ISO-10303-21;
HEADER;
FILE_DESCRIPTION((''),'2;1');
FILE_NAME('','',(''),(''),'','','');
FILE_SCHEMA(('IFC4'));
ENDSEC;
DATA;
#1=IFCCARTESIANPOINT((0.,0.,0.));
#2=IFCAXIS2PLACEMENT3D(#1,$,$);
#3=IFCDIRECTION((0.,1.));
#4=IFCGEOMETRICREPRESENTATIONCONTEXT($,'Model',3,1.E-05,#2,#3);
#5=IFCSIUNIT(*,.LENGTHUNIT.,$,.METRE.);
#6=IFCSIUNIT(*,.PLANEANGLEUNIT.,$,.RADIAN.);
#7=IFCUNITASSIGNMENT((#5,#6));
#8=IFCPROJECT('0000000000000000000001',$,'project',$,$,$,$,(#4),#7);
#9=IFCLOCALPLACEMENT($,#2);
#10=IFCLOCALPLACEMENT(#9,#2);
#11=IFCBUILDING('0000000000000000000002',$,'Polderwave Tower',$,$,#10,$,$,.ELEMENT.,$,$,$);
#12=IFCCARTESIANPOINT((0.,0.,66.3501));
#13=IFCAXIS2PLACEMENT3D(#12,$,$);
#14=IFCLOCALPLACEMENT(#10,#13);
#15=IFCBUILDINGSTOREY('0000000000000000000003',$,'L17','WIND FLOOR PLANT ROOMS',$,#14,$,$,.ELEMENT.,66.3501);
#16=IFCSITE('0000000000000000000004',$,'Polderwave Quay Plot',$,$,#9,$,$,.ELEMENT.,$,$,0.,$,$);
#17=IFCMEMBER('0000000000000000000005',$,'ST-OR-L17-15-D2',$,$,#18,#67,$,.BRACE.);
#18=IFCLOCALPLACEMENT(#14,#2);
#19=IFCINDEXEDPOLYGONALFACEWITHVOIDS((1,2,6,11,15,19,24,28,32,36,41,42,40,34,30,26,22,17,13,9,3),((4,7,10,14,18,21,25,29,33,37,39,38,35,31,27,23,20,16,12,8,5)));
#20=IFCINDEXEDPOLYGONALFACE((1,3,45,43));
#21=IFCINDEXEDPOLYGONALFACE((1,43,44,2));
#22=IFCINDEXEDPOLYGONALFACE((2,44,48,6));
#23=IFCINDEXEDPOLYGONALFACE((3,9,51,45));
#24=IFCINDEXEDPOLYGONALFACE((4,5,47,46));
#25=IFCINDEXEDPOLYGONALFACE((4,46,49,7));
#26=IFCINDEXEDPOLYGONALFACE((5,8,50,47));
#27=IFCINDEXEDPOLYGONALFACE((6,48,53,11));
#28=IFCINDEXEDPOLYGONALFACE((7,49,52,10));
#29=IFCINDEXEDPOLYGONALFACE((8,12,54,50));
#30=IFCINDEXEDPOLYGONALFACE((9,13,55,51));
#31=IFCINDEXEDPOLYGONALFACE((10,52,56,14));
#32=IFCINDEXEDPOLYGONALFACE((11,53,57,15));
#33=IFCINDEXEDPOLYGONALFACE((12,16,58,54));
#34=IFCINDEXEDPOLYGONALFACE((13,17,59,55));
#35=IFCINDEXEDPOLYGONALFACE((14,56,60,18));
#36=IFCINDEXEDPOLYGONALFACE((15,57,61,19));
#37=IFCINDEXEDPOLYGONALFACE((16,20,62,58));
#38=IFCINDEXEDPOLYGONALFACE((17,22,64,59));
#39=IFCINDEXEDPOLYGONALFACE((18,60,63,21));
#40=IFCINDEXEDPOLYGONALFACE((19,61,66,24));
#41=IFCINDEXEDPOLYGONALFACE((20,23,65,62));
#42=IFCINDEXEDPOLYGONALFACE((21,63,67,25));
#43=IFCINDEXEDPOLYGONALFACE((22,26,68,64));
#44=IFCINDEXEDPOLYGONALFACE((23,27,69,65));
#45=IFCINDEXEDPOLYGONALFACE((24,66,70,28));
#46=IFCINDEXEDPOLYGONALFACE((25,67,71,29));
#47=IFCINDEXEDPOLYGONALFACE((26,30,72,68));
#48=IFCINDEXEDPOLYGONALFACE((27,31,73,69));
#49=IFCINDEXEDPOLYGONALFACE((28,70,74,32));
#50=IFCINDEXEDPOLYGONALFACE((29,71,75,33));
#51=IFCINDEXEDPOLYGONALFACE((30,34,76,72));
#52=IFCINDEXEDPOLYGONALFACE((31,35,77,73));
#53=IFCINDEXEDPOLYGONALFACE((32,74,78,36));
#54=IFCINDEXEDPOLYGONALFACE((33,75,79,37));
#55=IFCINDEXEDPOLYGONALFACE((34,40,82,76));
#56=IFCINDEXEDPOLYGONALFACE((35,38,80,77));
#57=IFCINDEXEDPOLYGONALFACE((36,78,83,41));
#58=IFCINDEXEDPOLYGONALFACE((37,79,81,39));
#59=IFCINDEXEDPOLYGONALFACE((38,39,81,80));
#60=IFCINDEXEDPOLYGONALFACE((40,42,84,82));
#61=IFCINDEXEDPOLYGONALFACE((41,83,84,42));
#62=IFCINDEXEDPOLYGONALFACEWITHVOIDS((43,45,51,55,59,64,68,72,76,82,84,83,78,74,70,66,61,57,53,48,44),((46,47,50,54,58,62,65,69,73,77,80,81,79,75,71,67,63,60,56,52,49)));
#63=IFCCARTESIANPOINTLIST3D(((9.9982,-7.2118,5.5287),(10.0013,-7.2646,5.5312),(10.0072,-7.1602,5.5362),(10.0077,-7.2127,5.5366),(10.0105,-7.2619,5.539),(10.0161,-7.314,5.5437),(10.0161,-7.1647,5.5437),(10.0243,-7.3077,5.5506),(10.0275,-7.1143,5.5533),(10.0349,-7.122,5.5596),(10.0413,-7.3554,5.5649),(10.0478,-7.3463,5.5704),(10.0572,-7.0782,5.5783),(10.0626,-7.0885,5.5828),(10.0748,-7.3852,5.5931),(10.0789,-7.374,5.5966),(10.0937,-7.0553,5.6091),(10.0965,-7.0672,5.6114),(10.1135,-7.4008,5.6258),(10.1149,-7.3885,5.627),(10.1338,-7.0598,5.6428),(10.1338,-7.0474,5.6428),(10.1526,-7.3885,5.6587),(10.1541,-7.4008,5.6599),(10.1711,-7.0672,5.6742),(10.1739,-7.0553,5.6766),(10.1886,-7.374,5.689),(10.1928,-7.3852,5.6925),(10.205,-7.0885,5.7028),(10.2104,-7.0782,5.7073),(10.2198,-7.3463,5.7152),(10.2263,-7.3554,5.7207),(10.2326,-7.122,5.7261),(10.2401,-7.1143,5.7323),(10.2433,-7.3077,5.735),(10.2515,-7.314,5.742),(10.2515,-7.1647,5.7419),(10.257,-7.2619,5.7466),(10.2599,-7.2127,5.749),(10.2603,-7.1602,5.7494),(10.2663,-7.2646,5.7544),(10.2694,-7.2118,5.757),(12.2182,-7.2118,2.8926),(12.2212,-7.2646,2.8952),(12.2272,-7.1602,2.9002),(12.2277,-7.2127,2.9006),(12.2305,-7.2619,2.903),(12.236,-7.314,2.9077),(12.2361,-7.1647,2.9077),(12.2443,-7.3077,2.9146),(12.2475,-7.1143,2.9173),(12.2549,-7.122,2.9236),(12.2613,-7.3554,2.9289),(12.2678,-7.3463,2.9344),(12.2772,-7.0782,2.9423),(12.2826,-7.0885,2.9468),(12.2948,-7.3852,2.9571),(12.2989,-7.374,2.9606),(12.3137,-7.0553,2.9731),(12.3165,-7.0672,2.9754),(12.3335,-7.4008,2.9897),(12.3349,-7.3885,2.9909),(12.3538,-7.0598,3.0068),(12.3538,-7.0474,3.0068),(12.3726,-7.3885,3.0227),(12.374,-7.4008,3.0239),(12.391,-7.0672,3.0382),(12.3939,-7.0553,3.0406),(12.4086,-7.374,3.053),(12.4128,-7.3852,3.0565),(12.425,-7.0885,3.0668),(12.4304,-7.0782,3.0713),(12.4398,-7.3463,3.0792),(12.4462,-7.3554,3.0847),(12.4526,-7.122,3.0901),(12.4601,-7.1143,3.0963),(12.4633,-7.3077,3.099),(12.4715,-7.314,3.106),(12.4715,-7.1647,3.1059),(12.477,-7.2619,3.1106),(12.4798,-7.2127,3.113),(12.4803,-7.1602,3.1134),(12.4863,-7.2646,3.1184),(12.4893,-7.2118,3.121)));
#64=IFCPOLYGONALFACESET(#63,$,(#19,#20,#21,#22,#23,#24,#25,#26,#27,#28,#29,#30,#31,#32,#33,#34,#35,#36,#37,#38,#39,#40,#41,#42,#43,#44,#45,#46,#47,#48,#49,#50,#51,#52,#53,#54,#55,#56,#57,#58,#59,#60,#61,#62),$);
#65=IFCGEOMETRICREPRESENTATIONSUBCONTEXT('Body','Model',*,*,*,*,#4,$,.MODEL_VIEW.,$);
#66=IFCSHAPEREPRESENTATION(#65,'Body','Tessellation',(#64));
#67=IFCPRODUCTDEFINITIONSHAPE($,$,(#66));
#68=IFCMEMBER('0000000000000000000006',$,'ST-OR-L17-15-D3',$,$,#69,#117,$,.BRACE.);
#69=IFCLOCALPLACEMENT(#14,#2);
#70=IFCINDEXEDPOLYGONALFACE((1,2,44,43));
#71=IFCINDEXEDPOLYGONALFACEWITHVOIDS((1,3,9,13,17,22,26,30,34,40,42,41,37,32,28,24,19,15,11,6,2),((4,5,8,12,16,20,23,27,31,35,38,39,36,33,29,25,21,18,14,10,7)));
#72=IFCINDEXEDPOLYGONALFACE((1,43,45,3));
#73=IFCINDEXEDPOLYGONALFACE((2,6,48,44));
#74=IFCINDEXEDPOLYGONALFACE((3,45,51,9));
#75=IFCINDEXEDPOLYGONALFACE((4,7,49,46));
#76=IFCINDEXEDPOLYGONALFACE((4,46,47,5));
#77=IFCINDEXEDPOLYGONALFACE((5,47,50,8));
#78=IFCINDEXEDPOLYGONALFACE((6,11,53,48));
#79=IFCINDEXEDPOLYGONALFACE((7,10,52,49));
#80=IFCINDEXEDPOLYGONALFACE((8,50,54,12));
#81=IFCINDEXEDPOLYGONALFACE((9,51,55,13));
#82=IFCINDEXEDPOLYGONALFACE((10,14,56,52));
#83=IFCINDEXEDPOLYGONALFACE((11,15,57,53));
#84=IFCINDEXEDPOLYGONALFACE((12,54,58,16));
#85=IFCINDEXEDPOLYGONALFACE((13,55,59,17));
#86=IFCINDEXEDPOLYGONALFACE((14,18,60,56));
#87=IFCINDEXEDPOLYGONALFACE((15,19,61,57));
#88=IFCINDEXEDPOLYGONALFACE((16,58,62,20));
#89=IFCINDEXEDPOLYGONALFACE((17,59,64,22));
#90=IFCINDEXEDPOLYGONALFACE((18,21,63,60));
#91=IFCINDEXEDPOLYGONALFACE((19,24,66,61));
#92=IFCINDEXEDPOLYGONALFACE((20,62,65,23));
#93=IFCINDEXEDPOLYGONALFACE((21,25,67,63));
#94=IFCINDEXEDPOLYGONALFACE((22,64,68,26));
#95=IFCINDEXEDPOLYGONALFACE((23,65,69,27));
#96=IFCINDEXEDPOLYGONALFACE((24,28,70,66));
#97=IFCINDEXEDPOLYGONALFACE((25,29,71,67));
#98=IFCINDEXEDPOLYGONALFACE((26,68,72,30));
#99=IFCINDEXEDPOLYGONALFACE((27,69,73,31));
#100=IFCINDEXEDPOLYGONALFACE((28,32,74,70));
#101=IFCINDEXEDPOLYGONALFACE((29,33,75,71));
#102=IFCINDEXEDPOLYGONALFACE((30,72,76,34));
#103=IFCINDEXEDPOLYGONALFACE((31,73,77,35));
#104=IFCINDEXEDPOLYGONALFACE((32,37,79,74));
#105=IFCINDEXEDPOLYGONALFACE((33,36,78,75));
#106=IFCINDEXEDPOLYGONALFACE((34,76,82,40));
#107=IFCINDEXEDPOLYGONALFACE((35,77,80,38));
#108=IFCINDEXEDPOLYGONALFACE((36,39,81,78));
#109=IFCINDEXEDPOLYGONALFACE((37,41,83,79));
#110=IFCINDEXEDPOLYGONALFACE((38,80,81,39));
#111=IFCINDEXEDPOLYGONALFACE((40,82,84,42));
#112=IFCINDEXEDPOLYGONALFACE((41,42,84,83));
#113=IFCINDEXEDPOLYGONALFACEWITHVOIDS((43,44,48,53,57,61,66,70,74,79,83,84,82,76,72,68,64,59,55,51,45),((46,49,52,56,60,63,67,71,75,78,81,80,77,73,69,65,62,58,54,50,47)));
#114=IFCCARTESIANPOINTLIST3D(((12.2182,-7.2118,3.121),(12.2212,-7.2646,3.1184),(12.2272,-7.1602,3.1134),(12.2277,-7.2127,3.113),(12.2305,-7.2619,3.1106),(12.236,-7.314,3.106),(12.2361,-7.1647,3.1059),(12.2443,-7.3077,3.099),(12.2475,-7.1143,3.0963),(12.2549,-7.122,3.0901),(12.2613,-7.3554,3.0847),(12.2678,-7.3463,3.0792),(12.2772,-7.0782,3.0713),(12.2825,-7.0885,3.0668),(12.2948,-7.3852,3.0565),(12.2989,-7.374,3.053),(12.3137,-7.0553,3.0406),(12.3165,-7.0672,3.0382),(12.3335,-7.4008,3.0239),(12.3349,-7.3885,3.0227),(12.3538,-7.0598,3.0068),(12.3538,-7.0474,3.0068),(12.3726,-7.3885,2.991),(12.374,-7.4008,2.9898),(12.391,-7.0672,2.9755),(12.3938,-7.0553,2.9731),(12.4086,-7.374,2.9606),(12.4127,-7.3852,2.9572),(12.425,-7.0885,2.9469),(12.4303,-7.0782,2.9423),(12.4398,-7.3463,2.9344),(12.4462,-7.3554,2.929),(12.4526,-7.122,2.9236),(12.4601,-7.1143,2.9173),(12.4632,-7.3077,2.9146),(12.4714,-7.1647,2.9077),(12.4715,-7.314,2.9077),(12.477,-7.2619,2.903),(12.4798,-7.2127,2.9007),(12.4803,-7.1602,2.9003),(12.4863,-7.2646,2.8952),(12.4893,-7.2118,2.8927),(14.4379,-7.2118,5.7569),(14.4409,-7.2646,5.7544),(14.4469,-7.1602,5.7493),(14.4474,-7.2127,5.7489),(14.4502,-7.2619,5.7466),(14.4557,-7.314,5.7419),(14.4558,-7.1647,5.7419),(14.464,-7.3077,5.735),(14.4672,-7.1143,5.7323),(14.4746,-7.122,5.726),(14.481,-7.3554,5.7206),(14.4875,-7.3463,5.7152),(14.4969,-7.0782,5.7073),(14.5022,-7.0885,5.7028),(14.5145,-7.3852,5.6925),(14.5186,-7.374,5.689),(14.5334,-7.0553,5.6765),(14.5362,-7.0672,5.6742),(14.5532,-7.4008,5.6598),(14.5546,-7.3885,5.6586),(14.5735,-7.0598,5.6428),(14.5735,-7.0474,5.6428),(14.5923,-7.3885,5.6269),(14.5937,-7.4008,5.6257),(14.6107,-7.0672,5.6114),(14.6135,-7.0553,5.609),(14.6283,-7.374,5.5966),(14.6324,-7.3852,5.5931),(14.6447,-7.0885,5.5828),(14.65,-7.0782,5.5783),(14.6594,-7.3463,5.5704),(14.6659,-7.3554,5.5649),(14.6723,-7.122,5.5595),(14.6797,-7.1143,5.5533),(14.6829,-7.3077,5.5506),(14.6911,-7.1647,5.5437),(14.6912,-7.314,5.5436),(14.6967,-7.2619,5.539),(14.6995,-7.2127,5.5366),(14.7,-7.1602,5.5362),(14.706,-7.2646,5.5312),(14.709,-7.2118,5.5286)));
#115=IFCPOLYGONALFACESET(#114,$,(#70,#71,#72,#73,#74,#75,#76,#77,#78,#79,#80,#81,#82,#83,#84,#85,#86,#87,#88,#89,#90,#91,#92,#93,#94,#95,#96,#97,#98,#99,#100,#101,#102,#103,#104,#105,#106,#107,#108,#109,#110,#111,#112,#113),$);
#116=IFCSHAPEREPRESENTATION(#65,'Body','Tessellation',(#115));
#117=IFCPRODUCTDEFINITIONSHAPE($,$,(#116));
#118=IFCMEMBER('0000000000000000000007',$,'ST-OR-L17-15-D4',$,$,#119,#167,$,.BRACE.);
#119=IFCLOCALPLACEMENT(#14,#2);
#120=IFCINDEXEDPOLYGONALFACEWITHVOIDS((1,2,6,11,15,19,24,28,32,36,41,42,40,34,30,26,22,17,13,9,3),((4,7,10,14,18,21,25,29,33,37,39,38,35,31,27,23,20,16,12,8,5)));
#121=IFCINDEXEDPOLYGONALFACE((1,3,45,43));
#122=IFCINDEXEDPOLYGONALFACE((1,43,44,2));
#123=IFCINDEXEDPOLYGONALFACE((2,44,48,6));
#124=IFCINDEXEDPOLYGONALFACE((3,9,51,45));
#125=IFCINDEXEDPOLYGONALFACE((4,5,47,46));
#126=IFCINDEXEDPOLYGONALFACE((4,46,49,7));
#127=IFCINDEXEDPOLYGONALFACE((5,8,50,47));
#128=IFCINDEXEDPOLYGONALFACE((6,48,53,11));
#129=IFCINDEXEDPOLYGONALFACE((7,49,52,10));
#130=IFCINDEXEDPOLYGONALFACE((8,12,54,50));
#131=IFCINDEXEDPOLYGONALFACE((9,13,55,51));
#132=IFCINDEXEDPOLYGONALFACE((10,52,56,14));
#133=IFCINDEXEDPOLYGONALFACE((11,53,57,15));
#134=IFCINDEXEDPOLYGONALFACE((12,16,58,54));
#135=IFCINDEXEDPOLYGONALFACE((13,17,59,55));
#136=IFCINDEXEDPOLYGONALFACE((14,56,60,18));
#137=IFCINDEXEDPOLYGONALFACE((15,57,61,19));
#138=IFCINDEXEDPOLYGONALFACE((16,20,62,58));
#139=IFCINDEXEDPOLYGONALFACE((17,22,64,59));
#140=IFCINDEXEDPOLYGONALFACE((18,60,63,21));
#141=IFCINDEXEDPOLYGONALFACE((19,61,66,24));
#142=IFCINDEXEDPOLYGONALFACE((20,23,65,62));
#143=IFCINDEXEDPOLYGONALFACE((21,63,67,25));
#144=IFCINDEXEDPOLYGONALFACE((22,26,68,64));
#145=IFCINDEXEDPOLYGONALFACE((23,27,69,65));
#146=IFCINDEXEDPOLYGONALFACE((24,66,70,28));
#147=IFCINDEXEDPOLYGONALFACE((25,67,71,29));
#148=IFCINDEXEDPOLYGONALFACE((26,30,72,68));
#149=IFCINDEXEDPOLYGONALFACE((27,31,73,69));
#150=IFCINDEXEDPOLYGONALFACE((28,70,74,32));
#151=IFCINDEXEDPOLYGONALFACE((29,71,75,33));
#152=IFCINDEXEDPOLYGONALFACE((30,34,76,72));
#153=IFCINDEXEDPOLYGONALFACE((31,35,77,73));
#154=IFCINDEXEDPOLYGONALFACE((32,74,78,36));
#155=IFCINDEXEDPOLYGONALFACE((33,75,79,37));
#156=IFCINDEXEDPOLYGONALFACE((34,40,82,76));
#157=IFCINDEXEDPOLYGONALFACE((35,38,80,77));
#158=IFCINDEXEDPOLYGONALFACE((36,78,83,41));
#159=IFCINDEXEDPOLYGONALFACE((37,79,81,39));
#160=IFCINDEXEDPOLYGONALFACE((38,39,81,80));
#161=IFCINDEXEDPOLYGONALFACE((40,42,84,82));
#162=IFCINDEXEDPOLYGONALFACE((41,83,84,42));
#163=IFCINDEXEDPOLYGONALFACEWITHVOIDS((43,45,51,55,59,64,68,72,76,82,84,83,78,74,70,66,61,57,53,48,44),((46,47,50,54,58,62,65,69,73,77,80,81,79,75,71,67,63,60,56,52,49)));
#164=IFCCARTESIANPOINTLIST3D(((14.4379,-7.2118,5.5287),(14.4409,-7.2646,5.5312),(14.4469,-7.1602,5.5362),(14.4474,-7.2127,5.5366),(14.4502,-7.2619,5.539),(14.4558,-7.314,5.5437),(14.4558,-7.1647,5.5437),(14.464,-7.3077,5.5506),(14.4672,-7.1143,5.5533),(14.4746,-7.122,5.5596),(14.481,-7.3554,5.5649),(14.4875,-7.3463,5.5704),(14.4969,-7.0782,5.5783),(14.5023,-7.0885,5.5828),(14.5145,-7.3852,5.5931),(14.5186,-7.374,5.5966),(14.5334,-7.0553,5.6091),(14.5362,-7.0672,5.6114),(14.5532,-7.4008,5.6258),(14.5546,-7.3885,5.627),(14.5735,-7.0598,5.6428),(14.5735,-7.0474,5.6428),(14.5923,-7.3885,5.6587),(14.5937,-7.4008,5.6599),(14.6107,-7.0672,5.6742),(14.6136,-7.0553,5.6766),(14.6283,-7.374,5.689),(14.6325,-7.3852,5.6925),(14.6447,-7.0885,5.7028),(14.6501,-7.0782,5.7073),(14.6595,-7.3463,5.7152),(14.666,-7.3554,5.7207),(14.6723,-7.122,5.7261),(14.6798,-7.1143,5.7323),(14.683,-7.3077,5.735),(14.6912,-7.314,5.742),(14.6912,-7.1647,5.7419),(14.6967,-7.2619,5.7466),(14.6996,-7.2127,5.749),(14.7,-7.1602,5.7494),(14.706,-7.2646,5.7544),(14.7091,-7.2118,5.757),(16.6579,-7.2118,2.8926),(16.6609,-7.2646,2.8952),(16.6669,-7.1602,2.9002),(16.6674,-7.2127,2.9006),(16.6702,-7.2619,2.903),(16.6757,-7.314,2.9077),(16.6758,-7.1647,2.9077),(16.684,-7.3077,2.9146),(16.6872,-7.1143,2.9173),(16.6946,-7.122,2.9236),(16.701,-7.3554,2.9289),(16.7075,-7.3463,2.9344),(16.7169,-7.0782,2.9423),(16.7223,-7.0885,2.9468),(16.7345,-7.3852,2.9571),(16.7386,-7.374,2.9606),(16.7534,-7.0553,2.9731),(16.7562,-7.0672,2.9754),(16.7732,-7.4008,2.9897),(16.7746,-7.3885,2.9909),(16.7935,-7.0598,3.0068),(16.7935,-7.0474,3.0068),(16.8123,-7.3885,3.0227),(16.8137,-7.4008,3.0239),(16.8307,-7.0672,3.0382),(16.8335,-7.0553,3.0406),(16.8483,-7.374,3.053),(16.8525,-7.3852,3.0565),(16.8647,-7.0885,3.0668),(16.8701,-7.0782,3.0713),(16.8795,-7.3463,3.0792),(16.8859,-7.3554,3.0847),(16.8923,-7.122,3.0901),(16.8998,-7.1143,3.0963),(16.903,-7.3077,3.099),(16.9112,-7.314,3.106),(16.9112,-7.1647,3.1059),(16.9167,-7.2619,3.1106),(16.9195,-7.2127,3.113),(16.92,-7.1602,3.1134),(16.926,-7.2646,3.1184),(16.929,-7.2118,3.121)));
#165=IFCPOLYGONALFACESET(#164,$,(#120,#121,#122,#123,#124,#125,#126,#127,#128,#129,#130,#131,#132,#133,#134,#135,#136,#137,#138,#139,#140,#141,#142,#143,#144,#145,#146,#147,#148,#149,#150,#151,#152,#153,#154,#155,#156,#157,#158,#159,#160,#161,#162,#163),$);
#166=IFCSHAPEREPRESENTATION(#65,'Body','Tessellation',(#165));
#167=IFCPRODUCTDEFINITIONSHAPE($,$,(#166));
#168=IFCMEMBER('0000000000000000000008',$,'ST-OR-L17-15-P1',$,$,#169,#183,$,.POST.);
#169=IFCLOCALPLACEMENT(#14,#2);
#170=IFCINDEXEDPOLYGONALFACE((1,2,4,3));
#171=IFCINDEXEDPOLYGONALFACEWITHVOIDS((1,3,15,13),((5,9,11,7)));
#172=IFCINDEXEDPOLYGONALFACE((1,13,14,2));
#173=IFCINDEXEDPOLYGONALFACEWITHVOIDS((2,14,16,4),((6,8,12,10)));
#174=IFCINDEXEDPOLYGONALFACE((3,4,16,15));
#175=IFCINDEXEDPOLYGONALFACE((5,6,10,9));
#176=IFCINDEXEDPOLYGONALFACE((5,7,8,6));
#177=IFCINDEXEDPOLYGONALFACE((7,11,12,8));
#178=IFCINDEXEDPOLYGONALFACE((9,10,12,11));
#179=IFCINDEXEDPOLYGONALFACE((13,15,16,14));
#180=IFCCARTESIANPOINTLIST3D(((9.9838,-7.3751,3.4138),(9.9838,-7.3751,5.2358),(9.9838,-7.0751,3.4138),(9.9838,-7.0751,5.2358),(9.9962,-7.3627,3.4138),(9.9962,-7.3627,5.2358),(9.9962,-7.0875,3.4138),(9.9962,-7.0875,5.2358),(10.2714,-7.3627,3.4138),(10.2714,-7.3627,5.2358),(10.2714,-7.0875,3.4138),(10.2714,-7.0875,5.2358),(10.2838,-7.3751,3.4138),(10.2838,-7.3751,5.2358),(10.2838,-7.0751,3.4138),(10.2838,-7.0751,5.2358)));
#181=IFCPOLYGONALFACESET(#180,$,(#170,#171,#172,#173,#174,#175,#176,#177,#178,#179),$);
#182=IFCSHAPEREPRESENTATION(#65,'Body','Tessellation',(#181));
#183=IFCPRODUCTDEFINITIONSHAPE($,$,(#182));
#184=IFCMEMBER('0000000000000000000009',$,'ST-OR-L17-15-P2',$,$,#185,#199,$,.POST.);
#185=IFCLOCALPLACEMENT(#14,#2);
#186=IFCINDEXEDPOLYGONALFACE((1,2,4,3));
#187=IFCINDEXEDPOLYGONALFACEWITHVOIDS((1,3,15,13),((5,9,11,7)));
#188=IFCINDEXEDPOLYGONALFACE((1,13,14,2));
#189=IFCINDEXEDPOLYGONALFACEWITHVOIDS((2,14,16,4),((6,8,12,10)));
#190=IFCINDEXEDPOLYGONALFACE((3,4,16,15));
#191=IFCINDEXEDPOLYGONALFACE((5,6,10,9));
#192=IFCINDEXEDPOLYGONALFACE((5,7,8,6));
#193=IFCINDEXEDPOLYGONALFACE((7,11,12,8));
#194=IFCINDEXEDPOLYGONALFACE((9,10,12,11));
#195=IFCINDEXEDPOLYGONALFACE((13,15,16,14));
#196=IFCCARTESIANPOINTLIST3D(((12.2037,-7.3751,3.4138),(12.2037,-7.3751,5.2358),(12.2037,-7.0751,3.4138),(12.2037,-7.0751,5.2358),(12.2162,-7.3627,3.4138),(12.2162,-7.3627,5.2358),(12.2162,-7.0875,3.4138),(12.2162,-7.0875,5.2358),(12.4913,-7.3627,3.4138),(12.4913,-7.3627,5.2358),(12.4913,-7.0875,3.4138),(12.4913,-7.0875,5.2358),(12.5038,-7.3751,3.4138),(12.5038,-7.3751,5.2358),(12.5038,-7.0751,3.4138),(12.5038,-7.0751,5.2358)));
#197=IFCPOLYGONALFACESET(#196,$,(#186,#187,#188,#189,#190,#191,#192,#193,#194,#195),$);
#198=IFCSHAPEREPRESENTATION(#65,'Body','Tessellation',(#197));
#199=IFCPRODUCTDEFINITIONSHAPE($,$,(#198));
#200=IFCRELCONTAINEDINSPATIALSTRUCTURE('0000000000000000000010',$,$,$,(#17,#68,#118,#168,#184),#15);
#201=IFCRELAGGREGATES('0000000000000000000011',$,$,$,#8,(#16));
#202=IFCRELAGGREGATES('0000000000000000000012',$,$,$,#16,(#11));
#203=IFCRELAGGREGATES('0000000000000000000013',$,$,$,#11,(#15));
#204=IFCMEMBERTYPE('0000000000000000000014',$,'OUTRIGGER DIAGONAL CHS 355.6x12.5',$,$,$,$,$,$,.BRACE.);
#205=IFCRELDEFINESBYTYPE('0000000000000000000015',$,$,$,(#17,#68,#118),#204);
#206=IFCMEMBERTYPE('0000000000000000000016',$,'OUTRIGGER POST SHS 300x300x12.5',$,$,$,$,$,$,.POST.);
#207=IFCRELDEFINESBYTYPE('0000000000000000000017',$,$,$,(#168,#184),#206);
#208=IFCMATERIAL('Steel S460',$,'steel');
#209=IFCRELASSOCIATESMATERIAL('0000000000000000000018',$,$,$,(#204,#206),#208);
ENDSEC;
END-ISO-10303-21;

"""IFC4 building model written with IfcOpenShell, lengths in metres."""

from ifc_helpers import new_model, si_unit, direction, frame, origin, origin_2d, place, context, subcontext, project, spatial, hollow_rectangle, hollow_circle, extrude, material, material_profile, profile_set, type_object, element, save


model = new_model("IFC4")

# Units and contexts
model_context = context("Model", 3, precision=1e-05, world=origin(), true_north=direction((0.0, 1.0)))
body_context = subcontext(model_context, "Body", "Model", "MODEL_VIEW")
ifc_project = project(units=[si_unit("LENGTHUNIT", "METRE"), si_unit("PLANEANGLEUNIT", "RADIAN")], contexts=[model_context])

# Site, building, storey
site_placement = place(None, origin())
site = spatial("IfcSite", under=ifc_project, at=site_placement, Name="Polderwave Quay Plot", CompositionType="ELEMENT", RefElevation=0.0)
building_placement = place(site_placement, origin())
building = spatial("IfcBuilding", under=site, at=building_placement, Name="Polderwave Tower", CompositionType="ELEMENT")
storey_placement = place(building_placement, frame((0.0, 0.0, 66.3501)))
storey = spatial("IfcBuildingStorey", under=building, at=storey_placement, Name="L17", Description="WIND FLOOR PLANT ROOMS", CompositionType="ELEMENT", Elevation=66.3501)

# Members
ifc_material_1 = material(Name="Steel S460", Category="steel")
ifc_material_profile_1 = material_profile(ifc_material_1, hollow_circle(Radius=0.1777, WallThickness=0.0125, at=origin_2d()), Name="CHS 355.6x12.5")
ifc_profile_set_1 = profile_set([ifc_material_profile_1], Name="Steel S460")
member_type_1 = type_object("IfcMemberType", Name="OUTRIGGER DIAGONAL CHS 355.6x12.5", PredefinedType="BRACE", material=ifc_profile_set_1)
member_1_placement = place(storey_placement, frame((10.1338, -7.2251, 5.6428), z_axis=(0.644168, 0.0, -0.764884), x_axis=(0.0, 1.0, 0.0)))
element("IfcMember", 1, at=member_1_placement, inside=storey, type_object=member_type_1, Name="ST-OR-L17-15-D2", PredefinedType="BRACE", context=body_context, shape_type="SweptSolid", body=[
    extrude(hollow_circle(Radius=0.1777, WallThickness=0.0125, at=origin_2d()), origin(), (0.0, 0.0, 1.0), 3.4463),
])
member_2_placement = place(storey_placement, frame((12.3538, -7.2251, 3.0068), z_axis=(0.644127, 0.0, 0.764919), x_axis=(0.0, 1.0, 0.0)))
element("IfcMember", 2, at=member_2_placement, inside=storey, type_object=member_type_1, Name="ST-OR-L17-15-D3", PredefinedType="BRACE", context=body_context, shape_type="SweptSolid", body=[
    extrude(hollow_circle(Radius=0.1777, WallThickness=0.0125, at=origin_2d()), origin(), (0.0, 0.0, 1.0), 3.446),
])
member_3_placement = place(storey_placement, frame((14.5735, -7.2251, 5.6428), z_axis=(0.644168, 0.0, -0.764884), x_axis=(0.0, 1.0, 0.0)))
element("IfcMember", 3, at=member_3_placement, inside=storey, type_object=member_type_1, Name="ST-OR-L17-15-D4", PredefinedType="BRACE", context=body_context, shape_type="SweptSolid", body=[
    extrude(hollow_circle(Radius=0.1777, WallThickness=0.0125, at=origin_2d()), origin(), (0.0, 0.0, 1.0), 3.4463),
])
ifc_material_profile_2 = material_profile(ifc_material_1, hollow_rectangle(XDim=0.3, YDim=0.3, WallThickness=0.0125, at=origin_2d()), Name="SHS 300x300x12.5")
ifc_profile_set_2 = profile_set([ifc_material_profile_2], Name="Steel S460")
member_type_2 = type_object("IfcMemberType", Name="OUTRIGGER POST SHS 300x300x12.5", PredefinedType="POST", material=ifc_profile_set_2)
for number, where, z_axis, x_axis, name in (
    (4, (10.1338, -7.2251, 3.4138), (0.0, 0.0, 1.0), (1.0, 0.0, 0.0), "ST-OR-L17-15-P1"),
    (5, (12.3538, -7.2251, 3.4138), (0.0, 0.0, 1.0), (1.0, 0.0, 0.0), "ST-OR-L17-15-P2"),
):
    element("IfcMember", number, at=place(storey_placement, frame(where, z_axis=z_axis, x_axis=x_axis)), inside=storey, type_object=member_type_2, Name=name, PredefinedType="POST", context=body_context, shape_type="SweptSolid", body=[
        extrude(hollow_rectangle(XDim=0.3, YDim=0.3, WallThickness=0.0125, at=origin_2d()), origin(), (0.0, 0.0, 1.0), 1.822),
    ])

save(model, "model.ifc")
